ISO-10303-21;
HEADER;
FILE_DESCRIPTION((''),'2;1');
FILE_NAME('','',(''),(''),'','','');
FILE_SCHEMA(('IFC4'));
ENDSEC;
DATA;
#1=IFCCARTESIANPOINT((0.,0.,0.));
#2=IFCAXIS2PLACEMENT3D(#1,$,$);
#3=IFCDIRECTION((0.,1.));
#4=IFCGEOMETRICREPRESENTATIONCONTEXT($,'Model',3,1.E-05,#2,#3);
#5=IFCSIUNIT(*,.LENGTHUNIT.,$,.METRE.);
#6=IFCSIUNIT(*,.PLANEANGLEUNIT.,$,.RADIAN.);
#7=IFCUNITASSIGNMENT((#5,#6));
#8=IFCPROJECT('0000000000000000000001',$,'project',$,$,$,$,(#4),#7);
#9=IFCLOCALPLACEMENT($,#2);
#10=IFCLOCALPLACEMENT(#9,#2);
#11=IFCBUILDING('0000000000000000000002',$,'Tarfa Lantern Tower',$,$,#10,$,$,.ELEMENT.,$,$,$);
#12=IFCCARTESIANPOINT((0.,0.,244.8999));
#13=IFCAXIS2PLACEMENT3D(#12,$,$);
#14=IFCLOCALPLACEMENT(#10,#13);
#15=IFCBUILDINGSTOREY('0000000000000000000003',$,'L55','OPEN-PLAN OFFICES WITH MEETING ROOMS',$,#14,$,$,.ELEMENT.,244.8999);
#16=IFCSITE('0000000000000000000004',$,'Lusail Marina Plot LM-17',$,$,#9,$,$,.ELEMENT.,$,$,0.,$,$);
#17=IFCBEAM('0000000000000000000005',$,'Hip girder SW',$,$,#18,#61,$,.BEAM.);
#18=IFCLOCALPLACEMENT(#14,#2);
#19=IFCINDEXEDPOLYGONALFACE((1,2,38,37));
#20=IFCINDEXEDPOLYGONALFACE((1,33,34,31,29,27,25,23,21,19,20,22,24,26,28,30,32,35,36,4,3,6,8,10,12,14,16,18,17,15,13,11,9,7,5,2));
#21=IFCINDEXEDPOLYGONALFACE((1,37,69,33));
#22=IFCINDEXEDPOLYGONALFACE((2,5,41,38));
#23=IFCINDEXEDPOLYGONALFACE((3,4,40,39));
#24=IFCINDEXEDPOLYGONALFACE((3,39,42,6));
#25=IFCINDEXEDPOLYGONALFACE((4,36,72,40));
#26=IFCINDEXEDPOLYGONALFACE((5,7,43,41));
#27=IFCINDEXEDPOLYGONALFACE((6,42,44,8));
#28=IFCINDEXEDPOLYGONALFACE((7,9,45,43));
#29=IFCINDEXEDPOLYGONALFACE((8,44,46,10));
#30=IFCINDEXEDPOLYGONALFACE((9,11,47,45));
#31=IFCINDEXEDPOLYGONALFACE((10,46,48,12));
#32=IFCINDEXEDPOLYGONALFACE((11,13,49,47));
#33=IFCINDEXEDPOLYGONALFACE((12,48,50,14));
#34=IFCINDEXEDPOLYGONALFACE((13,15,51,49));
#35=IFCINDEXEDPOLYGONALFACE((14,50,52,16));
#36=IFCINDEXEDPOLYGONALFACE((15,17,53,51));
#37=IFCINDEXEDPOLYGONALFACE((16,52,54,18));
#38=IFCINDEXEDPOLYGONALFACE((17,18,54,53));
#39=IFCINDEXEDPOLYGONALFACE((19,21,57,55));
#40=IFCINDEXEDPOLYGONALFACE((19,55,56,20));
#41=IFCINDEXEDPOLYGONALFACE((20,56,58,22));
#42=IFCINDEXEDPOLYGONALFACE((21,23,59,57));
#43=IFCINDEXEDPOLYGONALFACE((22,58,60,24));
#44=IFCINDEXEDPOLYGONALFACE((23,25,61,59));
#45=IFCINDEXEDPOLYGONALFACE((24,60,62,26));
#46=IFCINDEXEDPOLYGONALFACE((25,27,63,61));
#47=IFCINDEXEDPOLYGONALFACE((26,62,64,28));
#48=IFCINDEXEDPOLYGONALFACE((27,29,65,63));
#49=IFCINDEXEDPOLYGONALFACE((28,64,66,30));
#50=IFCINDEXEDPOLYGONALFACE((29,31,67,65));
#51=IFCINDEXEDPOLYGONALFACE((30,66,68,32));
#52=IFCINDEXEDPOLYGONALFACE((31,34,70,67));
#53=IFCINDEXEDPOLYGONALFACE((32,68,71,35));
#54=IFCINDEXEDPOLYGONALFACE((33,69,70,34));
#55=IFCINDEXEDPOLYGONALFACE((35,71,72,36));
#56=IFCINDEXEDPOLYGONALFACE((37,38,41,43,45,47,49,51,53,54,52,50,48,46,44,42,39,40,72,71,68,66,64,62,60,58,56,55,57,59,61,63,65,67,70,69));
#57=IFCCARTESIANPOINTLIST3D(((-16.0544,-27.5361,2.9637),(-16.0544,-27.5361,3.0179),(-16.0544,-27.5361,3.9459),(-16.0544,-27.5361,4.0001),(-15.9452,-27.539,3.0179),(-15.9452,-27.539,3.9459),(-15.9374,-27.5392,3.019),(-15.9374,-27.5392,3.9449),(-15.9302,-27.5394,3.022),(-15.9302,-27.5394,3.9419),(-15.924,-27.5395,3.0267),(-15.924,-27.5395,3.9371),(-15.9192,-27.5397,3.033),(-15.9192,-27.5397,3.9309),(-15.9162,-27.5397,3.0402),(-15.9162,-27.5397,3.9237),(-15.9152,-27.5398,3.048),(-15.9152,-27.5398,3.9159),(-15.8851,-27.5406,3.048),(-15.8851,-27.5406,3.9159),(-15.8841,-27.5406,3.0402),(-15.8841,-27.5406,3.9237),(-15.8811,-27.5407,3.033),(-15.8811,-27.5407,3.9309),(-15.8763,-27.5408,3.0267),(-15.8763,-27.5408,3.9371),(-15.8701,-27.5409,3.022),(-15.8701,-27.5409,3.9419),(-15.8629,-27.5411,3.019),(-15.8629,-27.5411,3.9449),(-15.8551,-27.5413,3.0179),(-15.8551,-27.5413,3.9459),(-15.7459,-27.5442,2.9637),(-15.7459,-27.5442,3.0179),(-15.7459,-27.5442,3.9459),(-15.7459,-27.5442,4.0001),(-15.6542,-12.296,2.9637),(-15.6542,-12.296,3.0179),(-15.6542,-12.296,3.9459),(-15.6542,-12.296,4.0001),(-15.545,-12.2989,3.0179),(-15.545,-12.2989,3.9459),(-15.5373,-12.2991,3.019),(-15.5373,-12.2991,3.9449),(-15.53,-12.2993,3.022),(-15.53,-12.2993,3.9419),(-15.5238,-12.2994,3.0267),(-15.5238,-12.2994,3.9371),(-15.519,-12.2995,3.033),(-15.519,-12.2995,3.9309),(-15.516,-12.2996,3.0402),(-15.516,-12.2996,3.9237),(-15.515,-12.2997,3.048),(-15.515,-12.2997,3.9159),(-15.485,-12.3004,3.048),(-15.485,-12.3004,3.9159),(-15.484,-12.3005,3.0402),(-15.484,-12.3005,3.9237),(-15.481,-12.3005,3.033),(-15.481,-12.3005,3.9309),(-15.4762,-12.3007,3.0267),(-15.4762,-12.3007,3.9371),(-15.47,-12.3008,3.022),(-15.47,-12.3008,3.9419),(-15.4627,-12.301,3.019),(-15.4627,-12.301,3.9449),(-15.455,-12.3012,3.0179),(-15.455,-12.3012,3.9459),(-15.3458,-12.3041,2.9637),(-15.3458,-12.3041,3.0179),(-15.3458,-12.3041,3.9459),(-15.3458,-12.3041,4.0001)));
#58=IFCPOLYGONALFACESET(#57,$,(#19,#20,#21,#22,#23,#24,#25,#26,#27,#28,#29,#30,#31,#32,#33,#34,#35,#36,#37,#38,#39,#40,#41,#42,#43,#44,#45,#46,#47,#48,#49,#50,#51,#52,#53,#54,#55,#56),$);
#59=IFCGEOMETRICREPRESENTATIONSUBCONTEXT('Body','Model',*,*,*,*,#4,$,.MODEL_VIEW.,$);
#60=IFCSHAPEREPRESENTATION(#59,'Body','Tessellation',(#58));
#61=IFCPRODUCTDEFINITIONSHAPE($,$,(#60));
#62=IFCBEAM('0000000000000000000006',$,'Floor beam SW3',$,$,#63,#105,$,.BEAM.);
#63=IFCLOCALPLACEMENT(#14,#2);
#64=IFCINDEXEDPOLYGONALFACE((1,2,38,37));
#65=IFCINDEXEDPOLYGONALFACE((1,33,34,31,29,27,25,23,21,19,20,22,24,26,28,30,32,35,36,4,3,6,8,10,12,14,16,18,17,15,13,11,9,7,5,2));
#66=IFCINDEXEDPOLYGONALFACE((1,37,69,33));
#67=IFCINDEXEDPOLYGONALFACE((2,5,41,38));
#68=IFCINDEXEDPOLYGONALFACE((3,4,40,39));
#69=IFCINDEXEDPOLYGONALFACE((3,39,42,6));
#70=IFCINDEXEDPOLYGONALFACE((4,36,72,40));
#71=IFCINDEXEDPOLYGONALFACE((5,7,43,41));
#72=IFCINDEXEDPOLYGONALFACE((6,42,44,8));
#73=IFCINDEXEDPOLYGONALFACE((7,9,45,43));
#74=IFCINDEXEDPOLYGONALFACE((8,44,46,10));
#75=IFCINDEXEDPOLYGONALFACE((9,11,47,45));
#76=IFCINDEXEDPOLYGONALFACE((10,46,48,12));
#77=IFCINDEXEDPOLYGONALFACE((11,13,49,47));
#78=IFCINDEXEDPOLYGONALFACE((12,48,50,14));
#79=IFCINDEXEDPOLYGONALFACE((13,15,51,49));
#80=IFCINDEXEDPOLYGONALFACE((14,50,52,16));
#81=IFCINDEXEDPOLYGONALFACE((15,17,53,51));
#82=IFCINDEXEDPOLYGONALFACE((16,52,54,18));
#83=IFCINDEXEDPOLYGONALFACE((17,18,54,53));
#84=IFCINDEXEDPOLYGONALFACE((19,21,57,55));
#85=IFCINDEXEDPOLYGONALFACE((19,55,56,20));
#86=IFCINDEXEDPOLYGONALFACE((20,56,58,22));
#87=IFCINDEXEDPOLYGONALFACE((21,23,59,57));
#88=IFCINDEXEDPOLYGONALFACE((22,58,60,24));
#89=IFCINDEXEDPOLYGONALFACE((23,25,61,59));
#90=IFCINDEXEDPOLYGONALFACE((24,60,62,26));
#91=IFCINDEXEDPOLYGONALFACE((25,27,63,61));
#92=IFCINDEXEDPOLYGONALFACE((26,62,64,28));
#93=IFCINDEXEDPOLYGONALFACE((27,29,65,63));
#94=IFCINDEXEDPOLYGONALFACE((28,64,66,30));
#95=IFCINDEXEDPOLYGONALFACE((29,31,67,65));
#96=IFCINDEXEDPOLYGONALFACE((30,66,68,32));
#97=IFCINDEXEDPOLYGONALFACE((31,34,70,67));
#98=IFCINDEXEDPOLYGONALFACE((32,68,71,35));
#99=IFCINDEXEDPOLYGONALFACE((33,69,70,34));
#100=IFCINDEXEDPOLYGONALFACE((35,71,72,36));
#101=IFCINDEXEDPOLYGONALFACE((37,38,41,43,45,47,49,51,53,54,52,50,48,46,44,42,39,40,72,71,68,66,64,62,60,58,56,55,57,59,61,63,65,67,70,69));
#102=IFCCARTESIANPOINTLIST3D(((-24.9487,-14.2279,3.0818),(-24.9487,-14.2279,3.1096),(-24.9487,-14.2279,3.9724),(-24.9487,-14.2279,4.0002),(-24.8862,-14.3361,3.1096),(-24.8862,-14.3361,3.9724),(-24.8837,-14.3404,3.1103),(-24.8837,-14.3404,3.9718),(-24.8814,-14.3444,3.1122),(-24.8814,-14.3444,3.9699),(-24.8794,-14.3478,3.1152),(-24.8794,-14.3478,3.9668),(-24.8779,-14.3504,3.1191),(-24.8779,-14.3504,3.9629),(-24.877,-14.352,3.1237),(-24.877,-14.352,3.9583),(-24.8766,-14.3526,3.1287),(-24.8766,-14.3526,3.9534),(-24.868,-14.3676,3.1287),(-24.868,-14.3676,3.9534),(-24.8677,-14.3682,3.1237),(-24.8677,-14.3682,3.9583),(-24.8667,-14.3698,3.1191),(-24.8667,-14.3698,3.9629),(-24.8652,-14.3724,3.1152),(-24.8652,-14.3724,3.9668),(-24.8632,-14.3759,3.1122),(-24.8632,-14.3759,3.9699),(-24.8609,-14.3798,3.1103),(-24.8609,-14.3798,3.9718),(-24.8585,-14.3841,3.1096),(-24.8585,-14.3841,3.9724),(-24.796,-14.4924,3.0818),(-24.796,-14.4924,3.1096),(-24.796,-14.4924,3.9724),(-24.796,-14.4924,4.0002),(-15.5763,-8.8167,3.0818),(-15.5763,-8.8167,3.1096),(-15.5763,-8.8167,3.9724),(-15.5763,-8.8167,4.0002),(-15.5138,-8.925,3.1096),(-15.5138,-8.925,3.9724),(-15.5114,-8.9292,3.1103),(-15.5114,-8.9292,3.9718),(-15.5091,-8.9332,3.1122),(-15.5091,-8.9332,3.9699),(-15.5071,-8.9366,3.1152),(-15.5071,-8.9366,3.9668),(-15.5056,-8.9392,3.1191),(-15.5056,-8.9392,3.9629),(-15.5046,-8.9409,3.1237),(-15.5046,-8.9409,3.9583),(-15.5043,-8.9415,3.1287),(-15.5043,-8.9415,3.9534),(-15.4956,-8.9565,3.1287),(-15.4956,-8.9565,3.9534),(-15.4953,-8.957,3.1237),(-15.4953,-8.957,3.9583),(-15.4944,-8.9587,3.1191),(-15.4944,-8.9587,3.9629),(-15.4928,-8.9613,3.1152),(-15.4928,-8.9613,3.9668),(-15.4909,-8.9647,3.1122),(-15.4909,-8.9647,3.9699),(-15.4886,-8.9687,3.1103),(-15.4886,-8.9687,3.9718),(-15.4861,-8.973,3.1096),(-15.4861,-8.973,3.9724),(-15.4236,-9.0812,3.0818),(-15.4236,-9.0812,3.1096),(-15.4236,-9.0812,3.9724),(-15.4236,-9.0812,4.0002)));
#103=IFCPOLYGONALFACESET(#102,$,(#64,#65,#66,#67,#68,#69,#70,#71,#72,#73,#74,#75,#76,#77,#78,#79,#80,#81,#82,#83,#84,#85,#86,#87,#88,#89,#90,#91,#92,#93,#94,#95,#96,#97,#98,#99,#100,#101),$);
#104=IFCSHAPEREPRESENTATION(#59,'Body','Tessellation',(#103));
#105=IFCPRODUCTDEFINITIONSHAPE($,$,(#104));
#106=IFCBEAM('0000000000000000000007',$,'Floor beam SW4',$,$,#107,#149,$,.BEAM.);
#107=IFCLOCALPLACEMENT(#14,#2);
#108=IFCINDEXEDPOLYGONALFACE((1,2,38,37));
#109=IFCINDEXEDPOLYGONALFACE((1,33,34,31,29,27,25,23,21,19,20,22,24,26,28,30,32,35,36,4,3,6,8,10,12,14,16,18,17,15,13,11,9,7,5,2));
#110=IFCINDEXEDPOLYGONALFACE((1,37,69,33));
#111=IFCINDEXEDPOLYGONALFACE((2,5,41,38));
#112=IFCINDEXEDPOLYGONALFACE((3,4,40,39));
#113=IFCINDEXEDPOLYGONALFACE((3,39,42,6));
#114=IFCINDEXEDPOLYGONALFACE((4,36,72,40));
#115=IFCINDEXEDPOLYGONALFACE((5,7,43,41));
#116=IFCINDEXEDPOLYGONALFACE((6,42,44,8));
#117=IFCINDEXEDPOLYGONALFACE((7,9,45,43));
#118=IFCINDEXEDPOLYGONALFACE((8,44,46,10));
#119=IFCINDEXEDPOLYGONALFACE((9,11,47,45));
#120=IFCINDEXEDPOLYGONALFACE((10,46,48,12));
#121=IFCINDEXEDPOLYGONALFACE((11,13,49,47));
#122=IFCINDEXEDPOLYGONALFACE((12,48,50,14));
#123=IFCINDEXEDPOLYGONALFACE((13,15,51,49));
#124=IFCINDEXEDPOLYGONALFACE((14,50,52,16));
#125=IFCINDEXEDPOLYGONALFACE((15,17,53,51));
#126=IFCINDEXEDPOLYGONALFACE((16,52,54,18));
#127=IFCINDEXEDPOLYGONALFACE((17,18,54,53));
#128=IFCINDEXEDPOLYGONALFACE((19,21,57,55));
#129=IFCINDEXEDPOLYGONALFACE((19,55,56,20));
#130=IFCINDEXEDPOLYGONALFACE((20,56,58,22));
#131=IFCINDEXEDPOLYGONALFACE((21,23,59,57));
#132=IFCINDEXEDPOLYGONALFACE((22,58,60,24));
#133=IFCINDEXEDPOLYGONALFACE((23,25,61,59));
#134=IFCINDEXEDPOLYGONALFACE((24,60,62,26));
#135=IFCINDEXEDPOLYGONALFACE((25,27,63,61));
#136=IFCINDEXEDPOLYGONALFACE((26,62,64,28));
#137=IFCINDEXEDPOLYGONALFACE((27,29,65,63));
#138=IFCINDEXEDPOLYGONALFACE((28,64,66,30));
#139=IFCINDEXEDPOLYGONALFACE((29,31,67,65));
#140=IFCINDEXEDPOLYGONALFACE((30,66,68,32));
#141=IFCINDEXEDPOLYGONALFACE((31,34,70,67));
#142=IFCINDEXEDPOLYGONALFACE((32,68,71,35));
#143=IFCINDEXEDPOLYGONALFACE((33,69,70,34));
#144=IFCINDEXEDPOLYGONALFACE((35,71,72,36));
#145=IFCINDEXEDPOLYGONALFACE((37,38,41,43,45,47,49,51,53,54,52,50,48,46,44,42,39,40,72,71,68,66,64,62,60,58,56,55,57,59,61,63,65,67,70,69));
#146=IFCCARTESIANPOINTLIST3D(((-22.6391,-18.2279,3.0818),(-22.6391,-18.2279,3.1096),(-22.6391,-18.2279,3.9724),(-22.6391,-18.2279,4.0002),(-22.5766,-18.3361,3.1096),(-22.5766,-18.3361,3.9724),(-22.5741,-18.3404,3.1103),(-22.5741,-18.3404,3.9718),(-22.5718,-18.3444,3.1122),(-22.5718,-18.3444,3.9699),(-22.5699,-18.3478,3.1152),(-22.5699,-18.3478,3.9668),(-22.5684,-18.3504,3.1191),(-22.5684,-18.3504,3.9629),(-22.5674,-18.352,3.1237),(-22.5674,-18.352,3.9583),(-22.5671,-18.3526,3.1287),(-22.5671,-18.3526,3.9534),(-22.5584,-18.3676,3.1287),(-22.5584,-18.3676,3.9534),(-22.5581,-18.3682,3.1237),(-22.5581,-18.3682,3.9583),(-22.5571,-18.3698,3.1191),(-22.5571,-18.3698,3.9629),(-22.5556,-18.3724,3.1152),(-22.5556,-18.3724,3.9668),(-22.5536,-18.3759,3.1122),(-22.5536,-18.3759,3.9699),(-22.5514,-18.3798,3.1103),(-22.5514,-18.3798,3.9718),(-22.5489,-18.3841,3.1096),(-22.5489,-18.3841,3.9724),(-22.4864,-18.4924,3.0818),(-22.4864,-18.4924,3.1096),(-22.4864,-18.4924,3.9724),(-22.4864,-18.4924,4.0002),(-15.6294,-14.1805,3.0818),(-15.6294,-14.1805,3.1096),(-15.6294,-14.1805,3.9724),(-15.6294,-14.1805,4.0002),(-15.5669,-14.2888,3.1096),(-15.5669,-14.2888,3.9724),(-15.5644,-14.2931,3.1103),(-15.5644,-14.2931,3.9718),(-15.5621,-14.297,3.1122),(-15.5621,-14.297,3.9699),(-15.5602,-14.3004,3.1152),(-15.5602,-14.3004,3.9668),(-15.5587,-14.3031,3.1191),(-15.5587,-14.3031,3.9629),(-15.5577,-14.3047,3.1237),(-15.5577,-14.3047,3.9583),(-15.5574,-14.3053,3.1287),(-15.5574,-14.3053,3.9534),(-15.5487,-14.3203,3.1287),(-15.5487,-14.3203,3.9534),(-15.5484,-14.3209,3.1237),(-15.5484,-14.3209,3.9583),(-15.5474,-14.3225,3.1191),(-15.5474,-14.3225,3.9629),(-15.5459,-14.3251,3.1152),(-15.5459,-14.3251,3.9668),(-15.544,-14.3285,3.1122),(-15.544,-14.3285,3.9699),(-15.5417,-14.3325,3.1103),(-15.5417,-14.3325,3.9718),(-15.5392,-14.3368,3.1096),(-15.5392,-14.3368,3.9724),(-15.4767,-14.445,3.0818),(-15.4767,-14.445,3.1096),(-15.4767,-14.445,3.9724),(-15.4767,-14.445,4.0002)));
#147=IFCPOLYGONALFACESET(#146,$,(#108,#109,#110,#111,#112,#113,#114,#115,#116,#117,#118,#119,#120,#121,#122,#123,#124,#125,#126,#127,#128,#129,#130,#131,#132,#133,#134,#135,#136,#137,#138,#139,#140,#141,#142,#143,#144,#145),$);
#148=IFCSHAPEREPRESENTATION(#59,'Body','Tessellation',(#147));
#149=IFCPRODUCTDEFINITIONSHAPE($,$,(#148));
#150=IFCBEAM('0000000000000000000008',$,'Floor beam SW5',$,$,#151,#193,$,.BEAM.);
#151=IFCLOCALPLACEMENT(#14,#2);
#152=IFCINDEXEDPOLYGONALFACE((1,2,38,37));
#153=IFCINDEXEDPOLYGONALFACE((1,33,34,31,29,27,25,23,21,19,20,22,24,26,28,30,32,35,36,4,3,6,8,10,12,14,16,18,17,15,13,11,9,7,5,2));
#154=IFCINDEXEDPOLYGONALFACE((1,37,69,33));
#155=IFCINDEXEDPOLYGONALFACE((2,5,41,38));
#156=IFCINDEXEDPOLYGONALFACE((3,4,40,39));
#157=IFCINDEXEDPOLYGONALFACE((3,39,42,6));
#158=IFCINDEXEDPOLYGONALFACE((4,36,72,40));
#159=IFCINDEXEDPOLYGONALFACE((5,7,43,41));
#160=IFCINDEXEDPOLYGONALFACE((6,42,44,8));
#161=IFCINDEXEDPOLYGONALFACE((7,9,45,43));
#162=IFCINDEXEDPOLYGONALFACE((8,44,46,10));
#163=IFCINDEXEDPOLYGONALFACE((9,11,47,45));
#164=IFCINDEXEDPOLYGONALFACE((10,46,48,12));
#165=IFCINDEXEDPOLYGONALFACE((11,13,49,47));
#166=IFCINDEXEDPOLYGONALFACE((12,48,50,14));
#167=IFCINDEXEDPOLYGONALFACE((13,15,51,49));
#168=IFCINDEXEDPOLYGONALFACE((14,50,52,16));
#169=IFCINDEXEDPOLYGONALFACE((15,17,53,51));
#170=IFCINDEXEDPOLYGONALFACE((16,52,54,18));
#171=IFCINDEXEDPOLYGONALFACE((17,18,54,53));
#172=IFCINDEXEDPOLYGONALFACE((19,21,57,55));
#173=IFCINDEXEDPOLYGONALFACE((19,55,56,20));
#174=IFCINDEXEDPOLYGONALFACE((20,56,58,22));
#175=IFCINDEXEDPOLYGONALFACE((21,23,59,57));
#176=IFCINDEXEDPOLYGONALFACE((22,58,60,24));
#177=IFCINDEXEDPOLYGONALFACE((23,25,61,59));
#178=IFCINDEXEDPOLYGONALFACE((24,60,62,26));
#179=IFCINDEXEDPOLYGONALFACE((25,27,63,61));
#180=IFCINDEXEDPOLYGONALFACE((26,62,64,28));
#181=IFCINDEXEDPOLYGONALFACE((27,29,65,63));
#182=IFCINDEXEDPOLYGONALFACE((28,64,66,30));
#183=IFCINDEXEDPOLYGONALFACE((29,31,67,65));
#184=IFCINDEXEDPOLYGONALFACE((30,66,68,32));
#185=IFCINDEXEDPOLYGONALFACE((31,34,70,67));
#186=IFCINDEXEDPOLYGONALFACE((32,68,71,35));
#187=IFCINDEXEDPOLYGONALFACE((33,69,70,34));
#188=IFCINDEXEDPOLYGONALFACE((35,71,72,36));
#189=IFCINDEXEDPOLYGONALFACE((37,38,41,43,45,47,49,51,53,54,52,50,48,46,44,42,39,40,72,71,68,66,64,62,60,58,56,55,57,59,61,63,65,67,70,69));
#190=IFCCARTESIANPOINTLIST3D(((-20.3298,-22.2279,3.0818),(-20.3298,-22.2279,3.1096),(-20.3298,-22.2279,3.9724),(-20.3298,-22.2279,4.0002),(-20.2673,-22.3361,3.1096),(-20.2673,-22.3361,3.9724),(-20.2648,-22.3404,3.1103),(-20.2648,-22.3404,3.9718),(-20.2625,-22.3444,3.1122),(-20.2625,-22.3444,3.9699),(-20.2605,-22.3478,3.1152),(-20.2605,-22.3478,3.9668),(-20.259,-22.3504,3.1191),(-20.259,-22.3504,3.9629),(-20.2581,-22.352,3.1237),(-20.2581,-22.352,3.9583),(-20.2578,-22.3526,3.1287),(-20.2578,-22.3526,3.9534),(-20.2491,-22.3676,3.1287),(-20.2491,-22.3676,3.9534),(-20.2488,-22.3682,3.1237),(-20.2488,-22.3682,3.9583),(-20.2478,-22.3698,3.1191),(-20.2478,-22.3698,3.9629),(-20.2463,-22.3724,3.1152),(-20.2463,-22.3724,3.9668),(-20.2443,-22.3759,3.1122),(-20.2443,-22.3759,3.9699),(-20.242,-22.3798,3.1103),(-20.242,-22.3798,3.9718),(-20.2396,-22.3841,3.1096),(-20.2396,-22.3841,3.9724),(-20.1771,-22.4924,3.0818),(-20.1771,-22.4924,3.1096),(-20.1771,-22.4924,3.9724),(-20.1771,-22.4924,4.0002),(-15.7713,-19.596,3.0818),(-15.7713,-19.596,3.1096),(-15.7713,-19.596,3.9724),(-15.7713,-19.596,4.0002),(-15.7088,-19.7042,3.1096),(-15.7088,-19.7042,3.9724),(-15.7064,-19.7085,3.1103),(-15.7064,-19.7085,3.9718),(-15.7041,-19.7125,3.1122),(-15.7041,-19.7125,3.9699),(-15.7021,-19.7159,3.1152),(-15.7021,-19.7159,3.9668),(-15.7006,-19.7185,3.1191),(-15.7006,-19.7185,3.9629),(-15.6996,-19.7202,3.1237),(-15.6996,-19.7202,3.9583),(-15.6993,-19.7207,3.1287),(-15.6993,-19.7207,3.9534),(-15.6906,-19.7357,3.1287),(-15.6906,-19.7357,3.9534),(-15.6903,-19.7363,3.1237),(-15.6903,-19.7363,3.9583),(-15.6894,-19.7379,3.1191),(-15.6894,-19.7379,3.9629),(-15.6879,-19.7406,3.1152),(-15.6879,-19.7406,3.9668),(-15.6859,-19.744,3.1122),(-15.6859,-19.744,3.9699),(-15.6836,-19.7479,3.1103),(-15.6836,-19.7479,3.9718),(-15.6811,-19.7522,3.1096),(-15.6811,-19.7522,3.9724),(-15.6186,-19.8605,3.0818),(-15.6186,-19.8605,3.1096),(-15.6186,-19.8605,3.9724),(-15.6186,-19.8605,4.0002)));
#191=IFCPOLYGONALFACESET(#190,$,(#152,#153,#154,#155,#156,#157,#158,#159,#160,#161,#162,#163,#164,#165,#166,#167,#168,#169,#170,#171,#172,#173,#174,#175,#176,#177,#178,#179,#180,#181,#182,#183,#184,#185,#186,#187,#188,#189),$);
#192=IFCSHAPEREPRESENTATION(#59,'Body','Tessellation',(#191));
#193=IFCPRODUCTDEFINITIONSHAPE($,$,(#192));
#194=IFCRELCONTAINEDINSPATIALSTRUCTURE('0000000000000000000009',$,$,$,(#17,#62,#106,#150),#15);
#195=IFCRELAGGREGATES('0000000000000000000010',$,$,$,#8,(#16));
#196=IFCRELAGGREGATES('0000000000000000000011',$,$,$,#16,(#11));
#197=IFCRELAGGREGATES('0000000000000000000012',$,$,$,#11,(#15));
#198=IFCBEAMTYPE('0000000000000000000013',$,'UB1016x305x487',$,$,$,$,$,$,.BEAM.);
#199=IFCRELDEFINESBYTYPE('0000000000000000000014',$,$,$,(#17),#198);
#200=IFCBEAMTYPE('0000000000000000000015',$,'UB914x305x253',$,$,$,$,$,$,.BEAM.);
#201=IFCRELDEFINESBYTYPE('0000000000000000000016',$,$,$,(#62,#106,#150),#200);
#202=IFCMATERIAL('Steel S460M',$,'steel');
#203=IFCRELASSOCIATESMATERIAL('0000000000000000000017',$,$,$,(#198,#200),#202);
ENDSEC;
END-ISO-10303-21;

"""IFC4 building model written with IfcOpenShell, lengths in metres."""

from ifc_helpers import new_model, si_unit, direction, frame, origin, origin_2d, place, context, subcontext, project, spatial, i_section, extrude, material, material_profile, profile_set, type_object, element, save


model = new_model("IFC4")

# Units and contexts
model_context = context("Model", 3, precision=1e-05, world=origin(), true_north=direction((0.0, 1.0)))
body_context = subcontext(model_context, "Body", "Model", "MODEL_VIEW")
ifc_project = project(units=[si_unit("LENGTHUNIT", "METRE"), si_unit("PLANEANGLEUNIT", "RADIAN")], contexts=[model_context])

# Site, building, storey
site_placement = place(None, origin())
site = spatial("IfcSite", under=ifc_project, at=site_placement, Name="Lusail Marina Plot LM-17", CompositionType="ELEMENT", RefElevation=0.0)
building_placement = place(site_placement, origin())
building = spatial("IfcBuilding", under=site, at=building_placement, Name="Tarfa Lantern Tower", CompositionType="ELEMENT")
storey_placement = place(building_placement, frame((0.0, 0.0, 244.8999)))
storey = spatial("IfcBuildingStorey", under=building, at=storey_placement, Name="L55", Description="OPEN-PLAN OFFICES WITH MEETING ROOMS", CompositionType="ELEMENT", Elevation=244.8999)

# Beams
ifc_material_1 = material(Name="Steel S460M", Category="steel")
ifc_material_profile_1 = material_profile(ifc_material_1, i_section(OverallWidth=0.3086, OverallDepth=1.0364, WebThickness=0.03, FlangeThickness=0.0542, FilletRadius=0.03, at=origin_2d()), Name="UB1016x305x487")
ifc_profile_set_1 = profile_set([ifc_material_profile_1], Name="Steel S460M")
beam_type_1 = type_object("IfcBeamType", Name="UB1016x305x487", PredefinedType="BEAM", material=ifc_profile_set_1)
beam_1_placement = place(storey_placement, frame((-15.5, -12.3, 3.4819), z_axis=(-0.026247, -0.999655, 0.0), x_axis=(0.999655, -0.026247, 0.0)))
element("IfcBeam", 1, at=beam_1_placement, inside=storey, type_object=beam_type_1, Name="Hip girder SW", PredefinedType="BEAM", context=body_context, shape_type="SweptSolid", body=[
    extrude(i_section(OverallWidth=0.3086, OverallDepth=1.0364, WebThickness=0.03, FlangeThickness=0.0542, FilletRadius=0.03, at=origin_2d()), origin(), (0.0, 0.0, 1.0), 15.2454),
])
ifc_material_profile_2 = material_profile(ifc_material_1, i_section(OverallWidth=0.3054, OverallDepth=0.9185, WebThickness=0.0173, FlangeThickness=0.0278, FilletRadius=0.019, at=origin_2d()), Name="UB914x305x253")
ifc_profile_set_2 = profile_set([ifc_material_profile_2], Name="Steel S460M")
beam_type_2 = type_object("IfcBeamType", Name="UB914x305x253", PredefinedType="BEAM", material=ifc_profile_set_2)
beam_2_placement = place(storey_placement, frame((-24.8723, -14.3601, 3.541), z_axis=(0.866024, 0.500002, 0.0), x_axis=(-0.500002, 0.866024, 0.0)))
element("IfcBeam", 2, at=beam_2_placement, inside=storey, type_object=beam_type_2, Name="Floor beam SW3", PredefinedType="BEAM", context=body_context, shape_type="SweptSolid", body=[
    extrude(i_section(OverallWidth=0.3054, OverallDepth=0.9185, WebThickness=0.0173, FlangeThickness=0.0278, FilletRadius=0.019, at=origin_2d()), origin(), (0.0, 0.0, 1.0), 10.8223),
])
beam_3_placement = place(storey_placement, frame((-22.5627, -18.3601, 3.541), z_axis=(0.866011, 0.500025, 0.0), x_axis=(-0.500025, 0.866011, 0.0)))
element("IfcBeam", 3, at=beam_3_placement, inside=storey, type_object=beam_type_2, Name="Floor beam SW4", PredefinedType="BEAM", context=body_context, shape_type="SweptSolid", body=[
    extrude(i_section(OverallWidth=0.3054, OverallDepth=0.9185, WebThickness=0.0173, FlangeThickness=0.0278, FilletRadius=0.019, at=origin_2d()), origin(), (0.0, 0.0, 1.0), 8.0942),
])
beam_4_placement = place(storey_placement, frame((-20.2534, -22.3601, 3.541), z_axis=(0.86602, 0.50001, 0.0), x_axis=(-0.50001, 0.86602, 0.0)))
element("IfcBeam", 4, at=beam_4_placement, inside=storey, type_object=beam_type_2, Name="Floor beam SW5", PredefinedType="BEAM", context=body_context, shape_type="SweptSolid", body=[
    extrude(i_section(OverallWidth=0.3054, OverallDepth=0.9185, WebThickness=0.0173, FlangeThickness=0.0278, FilletRadius=0.019, at=origin_2d()), origin(), (0.0, 0.0, 1.0), 5.2637),
])

save(model, "model.ifc")
